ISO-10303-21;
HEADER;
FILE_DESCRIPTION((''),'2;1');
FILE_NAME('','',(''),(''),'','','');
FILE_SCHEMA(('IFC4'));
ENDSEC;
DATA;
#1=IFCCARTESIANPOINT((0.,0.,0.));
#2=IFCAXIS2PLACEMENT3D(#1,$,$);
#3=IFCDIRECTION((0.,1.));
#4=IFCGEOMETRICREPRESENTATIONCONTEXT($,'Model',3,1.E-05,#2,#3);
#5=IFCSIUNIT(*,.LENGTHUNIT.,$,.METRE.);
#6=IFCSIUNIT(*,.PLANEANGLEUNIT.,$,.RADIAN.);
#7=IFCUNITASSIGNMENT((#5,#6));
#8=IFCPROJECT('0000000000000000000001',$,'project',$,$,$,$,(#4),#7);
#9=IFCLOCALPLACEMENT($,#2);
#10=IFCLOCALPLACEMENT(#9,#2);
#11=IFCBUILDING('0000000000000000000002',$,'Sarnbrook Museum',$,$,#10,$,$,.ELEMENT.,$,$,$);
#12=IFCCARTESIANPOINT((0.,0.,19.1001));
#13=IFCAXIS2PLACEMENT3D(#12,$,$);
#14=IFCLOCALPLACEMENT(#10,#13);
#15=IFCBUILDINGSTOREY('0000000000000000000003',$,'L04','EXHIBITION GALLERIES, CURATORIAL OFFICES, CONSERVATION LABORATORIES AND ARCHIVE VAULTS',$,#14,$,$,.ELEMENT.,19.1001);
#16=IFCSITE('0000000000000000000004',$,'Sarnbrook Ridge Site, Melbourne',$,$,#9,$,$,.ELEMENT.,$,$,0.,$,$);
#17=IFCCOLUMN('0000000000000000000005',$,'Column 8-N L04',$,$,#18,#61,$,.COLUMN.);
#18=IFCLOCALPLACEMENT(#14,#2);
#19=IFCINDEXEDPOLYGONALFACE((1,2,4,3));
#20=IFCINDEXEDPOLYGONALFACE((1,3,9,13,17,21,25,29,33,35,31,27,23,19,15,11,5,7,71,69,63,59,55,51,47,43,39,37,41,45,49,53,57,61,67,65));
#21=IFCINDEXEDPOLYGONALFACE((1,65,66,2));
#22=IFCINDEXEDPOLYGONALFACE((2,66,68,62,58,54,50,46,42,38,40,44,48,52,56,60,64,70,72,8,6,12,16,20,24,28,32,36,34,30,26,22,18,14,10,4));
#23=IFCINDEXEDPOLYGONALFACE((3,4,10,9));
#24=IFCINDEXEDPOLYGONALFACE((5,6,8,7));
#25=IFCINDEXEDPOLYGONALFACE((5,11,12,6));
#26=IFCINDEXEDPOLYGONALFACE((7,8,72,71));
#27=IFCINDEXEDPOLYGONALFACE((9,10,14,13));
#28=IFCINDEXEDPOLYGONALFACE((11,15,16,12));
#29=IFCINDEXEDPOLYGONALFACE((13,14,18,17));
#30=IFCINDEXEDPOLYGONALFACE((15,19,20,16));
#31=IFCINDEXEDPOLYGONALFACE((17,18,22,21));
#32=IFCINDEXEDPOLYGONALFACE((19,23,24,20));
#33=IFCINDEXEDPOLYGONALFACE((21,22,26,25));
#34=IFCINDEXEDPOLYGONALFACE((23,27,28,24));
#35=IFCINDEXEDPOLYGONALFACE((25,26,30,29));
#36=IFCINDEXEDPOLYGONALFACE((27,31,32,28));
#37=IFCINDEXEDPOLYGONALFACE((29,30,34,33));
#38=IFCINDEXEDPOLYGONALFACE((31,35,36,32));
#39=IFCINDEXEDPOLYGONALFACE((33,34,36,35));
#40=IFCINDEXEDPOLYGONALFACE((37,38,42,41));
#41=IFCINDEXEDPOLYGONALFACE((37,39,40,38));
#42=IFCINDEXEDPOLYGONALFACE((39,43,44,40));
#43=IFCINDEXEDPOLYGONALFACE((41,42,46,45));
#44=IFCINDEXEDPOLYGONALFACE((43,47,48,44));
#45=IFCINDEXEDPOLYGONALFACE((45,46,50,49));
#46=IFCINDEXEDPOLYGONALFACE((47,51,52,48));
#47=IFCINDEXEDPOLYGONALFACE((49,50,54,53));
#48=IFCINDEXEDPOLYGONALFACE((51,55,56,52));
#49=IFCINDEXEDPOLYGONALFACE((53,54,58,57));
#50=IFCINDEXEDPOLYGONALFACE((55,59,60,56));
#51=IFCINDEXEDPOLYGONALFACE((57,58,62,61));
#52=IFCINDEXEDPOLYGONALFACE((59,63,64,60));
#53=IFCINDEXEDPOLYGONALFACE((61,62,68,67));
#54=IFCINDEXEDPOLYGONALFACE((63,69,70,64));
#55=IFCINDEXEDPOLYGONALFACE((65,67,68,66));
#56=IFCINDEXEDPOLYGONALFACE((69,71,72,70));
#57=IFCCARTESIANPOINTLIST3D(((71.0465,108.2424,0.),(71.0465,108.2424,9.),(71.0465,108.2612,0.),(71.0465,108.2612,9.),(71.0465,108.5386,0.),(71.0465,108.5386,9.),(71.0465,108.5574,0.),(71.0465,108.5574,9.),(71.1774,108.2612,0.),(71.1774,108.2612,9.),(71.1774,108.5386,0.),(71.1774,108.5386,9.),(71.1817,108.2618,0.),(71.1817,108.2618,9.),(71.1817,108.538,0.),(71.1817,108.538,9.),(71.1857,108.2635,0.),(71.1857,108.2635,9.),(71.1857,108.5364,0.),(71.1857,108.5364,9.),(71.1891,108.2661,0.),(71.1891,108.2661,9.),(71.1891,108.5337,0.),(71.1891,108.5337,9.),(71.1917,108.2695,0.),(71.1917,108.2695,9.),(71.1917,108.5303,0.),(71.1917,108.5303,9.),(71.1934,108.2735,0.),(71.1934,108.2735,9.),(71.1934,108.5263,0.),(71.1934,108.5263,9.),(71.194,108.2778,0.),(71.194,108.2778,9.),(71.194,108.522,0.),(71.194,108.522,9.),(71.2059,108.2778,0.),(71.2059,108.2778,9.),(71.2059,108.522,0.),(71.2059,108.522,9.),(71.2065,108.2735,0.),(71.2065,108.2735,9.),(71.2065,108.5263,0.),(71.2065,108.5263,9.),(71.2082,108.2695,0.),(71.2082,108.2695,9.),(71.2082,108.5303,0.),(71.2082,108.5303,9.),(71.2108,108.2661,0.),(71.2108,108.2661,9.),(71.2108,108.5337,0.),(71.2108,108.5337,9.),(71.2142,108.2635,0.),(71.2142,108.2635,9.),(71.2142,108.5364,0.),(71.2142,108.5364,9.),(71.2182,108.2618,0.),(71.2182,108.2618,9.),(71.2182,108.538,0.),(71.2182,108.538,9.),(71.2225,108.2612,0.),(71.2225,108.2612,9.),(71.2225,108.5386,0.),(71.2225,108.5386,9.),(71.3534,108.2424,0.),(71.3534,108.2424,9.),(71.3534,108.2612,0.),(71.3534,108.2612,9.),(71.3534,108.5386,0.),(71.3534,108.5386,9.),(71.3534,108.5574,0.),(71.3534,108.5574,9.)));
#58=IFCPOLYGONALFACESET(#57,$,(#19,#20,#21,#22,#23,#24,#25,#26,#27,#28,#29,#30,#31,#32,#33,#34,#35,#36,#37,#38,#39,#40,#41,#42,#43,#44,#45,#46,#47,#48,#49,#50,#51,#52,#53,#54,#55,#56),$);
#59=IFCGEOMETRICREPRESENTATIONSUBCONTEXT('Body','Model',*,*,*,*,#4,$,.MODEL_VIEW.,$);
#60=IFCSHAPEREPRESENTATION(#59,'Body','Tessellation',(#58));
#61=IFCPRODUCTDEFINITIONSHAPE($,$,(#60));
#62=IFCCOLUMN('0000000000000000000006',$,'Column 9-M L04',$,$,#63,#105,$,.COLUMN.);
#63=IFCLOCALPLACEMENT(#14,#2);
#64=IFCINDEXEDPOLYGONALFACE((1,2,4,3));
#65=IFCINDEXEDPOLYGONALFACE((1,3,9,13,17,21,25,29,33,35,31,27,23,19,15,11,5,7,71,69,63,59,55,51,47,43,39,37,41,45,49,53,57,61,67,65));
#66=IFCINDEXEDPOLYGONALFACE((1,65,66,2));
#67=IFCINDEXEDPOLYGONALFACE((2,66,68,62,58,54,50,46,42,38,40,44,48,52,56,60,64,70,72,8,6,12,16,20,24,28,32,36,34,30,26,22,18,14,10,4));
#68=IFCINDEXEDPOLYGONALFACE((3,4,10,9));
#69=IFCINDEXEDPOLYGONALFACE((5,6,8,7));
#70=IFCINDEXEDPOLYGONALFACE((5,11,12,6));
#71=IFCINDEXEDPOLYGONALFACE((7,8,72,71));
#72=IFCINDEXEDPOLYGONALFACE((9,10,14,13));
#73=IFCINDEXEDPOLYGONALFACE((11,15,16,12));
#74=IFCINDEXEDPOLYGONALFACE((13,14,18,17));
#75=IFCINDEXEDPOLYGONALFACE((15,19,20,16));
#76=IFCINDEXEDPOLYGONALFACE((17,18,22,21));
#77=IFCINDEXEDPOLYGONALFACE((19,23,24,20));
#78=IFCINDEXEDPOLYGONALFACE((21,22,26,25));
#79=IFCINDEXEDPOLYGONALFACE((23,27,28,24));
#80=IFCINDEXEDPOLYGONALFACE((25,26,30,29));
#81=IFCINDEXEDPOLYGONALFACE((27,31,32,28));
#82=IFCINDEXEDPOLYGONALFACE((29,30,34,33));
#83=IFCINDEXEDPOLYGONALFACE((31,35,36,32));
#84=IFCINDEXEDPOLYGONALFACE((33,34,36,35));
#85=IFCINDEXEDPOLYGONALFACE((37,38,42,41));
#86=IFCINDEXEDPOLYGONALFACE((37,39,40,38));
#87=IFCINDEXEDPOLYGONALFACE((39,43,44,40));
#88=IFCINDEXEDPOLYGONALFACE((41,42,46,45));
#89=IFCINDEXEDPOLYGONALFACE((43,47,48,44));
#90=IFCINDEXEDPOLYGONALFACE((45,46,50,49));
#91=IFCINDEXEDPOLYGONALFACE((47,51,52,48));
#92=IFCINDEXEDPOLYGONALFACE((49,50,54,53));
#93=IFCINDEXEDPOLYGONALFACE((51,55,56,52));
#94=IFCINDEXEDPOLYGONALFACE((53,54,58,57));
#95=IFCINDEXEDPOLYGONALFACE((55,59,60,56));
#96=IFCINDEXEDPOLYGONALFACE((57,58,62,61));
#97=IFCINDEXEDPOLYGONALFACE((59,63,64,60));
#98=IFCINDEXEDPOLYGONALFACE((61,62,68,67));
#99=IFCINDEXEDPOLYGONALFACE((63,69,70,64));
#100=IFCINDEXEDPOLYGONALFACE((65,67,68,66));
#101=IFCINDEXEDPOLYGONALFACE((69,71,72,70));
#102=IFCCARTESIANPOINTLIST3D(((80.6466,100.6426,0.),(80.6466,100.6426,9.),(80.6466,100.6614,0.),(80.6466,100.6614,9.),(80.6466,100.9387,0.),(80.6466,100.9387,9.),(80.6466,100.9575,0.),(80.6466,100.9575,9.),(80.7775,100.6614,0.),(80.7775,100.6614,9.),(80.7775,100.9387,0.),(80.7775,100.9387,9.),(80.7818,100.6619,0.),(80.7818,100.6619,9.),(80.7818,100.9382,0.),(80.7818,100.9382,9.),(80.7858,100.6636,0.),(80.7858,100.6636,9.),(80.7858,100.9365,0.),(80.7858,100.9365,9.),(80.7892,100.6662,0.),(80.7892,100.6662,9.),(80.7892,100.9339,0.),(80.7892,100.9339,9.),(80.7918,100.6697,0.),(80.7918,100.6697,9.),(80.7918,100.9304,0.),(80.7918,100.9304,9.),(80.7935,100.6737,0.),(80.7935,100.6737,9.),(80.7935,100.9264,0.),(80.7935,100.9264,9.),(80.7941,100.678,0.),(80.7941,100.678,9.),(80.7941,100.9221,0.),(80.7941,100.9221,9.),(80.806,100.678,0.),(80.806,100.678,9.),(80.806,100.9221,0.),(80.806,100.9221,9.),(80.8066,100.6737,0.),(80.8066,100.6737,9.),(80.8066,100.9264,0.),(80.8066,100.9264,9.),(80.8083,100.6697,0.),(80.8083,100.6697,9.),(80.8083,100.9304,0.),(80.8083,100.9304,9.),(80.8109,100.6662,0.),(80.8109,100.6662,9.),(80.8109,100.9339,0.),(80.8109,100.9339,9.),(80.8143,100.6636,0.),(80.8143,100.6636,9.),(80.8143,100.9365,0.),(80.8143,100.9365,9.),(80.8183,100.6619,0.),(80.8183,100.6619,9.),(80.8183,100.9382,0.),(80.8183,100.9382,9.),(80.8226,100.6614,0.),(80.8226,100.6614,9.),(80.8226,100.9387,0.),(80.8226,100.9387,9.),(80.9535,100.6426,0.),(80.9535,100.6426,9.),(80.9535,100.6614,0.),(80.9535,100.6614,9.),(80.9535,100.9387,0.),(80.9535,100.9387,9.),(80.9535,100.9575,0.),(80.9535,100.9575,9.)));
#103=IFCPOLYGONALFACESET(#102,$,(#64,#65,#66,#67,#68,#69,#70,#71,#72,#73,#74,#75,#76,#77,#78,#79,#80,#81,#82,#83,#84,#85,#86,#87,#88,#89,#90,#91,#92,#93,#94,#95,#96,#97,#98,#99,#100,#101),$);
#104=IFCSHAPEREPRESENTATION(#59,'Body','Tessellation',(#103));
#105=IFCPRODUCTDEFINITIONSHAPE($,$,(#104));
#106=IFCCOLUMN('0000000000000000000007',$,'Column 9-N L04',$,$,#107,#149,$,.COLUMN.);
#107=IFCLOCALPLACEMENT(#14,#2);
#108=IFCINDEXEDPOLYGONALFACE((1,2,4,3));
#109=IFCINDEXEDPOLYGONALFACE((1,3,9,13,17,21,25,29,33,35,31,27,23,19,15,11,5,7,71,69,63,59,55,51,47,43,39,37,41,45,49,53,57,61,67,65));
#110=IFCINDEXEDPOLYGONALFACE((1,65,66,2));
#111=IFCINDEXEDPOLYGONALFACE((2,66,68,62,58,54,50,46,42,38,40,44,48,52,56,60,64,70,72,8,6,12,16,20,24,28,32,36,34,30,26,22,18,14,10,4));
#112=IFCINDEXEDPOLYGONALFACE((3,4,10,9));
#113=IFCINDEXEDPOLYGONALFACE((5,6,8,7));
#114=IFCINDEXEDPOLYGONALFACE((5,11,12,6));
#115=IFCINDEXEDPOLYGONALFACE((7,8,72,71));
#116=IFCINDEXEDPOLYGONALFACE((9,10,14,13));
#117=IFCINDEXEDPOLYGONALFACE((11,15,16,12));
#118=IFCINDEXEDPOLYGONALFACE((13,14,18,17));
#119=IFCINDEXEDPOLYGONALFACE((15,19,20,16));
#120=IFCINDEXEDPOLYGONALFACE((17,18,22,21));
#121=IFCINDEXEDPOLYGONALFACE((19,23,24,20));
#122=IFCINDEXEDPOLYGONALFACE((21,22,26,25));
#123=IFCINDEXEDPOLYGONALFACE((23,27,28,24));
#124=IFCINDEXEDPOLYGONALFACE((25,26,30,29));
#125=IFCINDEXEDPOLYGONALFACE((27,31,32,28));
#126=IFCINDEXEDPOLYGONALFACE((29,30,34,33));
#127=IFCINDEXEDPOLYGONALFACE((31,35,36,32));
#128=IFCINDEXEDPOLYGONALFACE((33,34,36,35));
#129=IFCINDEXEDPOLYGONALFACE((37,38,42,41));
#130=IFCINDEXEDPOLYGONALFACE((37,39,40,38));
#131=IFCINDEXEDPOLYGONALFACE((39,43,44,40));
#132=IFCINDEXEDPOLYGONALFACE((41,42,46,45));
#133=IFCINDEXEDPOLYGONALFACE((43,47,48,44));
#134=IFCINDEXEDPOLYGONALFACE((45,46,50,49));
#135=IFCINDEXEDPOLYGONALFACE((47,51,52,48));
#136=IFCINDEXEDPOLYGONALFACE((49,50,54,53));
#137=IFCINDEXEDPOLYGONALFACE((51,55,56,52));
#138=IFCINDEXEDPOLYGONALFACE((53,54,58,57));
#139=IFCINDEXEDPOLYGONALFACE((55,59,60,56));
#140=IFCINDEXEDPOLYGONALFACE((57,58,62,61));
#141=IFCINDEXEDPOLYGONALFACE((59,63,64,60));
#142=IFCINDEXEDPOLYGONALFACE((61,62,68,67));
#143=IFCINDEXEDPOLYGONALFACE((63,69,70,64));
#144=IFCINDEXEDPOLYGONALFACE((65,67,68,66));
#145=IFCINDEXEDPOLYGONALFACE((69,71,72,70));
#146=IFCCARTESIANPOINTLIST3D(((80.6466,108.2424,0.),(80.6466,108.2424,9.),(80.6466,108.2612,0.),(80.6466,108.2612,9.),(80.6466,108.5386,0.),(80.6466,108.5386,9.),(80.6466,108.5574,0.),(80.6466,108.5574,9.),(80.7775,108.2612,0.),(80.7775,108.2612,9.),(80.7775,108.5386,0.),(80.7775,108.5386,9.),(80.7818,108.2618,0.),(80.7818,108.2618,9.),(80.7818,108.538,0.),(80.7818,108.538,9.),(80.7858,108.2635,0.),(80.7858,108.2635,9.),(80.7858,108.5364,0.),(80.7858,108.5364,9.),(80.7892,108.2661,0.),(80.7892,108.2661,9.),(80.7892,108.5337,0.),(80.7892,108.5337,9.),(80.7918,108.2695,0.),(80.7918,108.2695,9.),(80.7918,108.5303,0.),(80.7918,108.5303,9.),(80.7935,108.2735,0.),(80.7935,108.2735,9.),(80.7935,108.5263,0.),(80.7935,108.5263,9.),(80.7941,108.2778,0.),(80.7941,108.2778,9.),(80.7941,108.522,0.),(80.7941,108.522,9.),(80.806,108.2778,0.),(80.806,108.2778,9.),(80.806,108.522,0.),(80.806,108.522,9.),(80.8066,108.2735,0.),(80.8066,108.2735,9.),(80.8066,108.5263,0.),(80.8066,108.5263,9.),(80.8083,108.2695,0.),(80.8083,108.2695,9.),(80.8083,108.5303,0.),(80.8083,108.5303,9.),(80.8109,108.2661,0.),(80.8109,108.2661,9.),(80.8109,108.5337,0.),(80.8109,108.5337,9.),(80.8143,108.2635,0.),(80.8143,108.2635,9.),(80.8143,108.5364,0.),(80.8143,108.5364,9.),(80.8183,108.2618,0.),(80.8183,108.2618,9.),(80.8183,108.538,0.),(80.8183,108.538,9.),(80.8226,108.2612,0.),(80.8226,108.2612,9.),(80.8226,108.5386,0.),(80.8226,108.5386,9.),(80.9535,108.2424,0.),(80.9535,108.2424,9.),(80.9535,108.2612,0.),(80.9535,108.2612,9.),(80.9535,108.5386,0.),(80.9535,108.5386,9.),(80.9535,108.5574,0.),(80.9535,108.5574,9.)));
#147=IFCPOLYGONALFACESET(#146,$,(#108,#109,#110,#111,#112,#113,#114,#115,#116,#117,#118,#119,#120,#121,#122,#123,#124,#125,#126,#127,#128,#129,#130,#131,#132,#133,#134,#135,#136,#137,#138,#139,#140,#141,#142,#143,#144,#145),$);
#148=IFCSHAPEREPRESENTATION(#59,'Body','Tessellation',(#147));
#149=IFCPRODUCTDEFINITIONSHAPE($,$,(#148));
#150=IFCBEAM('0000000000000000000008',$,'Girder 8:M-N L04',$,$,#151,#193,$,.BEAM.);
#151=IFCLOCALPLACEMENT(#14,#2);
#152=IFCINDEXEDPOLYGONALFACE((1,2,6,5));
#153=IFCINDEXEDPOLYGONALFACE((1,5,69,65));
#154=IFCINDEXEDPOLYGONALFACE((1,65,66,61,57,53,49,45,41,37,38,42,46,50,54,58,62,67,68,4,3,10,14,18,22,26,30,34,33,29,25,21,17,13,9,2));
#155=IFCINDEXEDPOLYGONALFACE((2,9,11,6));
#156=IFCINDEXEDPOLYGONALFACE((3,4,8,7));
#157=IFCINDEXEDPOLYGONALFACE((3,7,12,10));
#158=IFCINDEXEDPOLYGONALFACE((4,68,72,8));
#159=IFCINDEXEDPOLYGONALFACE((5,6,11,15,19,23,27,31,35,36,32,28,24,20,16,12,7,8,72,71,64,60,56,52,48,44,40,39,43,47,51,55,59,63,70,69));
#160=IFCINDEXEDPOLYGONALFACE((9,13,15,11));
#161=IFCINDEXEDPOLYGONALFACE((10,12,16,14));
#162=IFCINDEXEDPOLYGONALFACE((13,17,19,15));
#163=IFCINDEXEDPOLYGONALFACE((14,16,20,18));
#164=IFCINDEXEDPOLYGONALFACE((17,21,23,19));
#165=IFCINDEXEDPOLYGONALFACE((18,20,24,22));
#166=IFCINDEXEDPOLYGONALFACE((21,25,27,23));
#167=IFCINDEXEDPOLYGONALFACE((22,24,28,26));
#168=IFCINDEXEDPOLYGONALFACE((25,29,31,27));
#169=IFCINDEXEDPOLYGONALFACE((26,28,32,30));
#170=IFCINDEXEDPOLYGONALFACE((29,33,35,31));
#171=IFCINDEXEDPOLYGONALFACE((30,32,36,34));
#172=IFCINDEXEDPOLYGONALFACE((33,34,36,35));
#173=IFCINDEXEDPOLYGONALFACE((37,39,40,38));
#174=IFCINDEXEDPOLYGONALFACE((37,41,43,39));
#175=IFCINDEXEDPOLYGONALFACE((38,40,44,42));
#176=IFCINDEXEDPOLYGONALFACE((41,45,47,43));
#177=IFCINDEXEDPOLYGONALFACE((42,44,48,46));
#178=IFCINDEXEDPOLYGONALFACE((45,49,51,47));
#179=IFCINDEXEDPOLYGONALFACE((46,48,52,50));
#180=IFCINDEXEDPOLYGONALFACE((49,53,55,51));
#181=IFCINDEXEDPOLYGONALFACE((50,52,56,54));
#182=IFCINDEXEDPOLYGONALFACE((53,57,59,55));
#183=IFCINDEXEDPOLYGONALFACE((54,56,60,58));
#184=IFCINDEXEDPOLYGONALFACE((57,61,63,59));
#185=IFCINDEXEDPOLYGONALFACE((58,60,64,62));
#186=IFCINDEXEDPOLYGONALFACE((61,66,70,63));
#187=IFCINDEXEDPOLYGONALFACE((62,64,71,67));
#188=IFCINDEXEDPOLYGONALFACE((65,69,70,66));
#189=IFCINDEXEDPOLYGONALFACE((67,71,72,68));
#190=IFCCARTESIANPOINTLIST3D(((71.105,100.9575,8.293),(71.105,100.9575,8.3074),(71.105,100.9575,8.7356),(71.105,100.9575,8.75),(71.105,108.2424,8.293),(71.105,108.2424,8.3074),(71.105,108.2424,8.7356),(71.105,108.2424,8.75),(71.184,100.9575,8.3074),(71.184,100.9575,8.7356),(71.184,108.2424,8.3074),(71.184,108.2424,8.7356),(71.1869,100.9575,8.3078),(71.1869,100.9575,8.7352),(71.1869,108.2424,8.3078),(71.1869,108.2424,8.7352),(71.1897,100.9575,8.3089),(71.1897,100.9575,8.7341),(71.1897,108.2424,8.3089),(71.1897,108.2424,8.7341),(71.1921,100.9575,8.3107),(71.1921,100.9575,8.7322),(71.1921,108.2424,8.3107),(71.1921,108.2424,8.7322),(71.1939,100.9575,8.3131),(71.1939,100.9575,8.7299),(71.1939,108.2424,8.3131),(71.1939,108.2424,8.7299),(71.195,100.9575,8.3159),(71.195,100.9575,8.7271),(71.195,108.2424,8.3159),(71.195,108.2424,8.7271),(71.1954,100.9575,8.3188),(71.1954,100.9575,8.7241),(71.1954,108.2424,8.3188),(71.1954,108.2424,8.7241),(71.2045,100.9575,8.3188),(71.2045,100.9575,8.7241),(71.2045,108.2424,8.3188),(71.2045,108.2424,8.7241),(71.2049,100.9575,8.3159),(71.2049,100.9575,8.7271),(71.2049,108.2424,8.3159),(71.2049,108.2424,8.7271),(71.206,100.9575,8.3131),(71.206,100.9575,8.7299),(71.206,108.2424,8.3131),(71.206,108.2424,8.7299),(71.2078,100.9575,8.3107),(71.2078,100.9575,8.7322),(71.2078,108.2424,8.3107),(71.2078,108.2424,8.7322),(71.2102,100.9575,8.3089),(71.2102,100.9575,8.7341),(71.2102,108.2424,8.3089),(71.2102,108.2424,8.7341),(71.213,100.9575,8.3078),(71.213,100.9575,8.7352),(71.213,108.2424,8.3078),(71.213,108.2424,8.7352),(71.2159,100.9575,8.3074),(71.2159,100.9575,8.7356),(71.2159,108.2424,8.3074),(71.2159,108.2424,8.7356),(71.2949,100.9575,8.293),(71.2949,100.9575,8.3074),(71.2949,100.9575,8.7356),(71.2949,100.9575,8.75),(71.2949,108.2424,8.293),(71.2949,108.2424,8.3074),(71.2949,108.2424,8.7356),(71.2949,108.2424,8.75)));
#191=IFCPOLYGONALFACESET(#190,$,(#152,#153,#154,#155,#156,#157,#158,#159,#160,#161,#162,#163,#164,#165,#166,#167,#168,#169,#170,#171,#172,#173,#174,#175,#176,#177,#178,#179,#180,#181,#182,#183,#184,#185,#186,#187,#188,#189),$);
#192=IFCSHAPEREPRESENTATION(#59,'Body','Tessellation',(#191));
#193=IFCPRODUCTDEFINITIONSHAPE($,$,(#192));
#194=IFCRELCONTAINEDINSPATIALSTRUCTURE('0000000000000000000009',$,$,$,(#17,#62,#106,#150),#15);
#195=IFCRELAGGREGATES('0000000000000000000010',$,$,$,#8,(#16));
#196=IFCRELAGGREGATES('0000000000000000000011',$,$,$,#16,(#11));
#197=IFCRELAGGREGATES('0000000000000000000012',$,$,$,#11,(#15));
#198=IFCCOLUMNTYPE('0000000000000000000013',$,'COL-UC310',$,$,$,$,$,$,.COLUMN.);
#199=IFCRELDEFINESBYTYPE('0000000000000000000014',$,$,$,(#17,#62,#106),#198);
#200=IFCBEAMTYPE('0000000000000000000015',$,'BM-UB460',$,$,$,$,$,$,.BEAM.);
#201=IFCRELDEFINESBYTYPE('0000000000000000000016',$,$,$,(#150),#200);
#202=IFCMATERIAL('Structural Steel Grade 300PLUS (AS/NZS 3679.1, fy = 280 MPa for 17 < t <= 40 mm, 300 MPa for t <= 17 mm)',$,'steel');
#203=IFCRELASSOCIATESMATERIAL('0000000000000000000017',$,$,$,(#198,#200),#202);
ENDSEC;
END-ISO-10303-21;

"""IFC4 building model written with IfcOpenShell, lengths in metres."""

from ifc_helpers import new_model, si_unit, direction, frame, origin, origin_2d, place, context, subcontext, project, spatial, i_section, extrude, material, material_profile, profile_set, type_object, element, save


model = new_model("IFC4")

# Units and contexts
model_context = context("Model", 3, precision=1e-05, world=origin(), true_north=direction((0.0, 1.0)))
body_context = subcontext(model_context, "Body", "Model", "MODEL_VIEW")
ifc_project = project(units=[si_unit("LENGTHUNIT", "METRE"), si_unit("PLANEANGLEUNIT", "RADIAN")], contexts=[model_context])

# Site, building, storey
site_placement = place(None, origin())
site = spatial("IfcSite", under=ifc_project, at=site_placement, Name="Sarnbrook Ridge Site, Melbourne", CompositionType="ELEMENT", RefElevation=0.0)
building_placement = place(site_placement, origin())
building = spatial("IfcBuilding", under=site, at=building_placement, Name="Sarnbrook Museum", CompositionType="ELEMENT")
storey_placement = place(building_placement, frame((0.0, 0.0, 19.1001)))
storey = spatial("IfcBuildingStorey", under=building, at=storey_placement, Name="L04", Description="EXHIBITION GALLERIES, CURATORIAL OFFICES, CONSERVATION LABORATORIES AND ARCHIVE VAULTS", CompositionType="ELEMENT", Elevation=19.1001)

# Columns
ifc_material_1 = material(Name="Structural Steel Grade 300PLUS (AS/NZS 3679.1, fy = 280 MPa for 17 < t <= 40 mm, 300 MPa for t <= 17 mm)", Category="steel")
ifc_material_profile_1 = material_profile(ifc_material_1, i_section(OverallWidth=0.3069, OverallDepth=0.3149, WebThickness=0.012, FlangeThickness=0.0188, FilletRadius=0.0166, at=origin_2d()), Name="310UC118")
ifc_profile_set_1 = profile_set([ifc_material_profile_1], Name="Structural Steel Grade 300PLUS (AS/NZS 3679.1, fy = 280 MPa for 17 < t <= 40 mm, 300 MPa for t <= 17 mm)")
column_type = type_object("IfcColumnType", Name="COL-UC310", PredefinedType="COLUMN", material=ifc_profile_set_1)
for number, where, z_axis, x_axis, name in (
    (1, (71.2, 108.3999, 0.0), (0.0, 0.0, 1.0), (1.0, 0.0, 0.0), "Column 8-N L04"),
    (2, (80.8, 100.8, 0.0), (0.0, 0.0, 1.0), (1.0, 0.0, 0.0), "Column 9-M L04"),
    (3, (80.8, 108.3999, 0.0), (0.0, 0.0, 1.0), (1.0, 0.0, 0.0), "Column 9-N L04"),
):
    element("IfcColumn", number, at=place(storey_placement, frame(where, z_axis=z_axis, x_axis=x_axis)), inside=storey, type_object=column_type, Name=name, PredefinedType="COLUMN", context=body_context, shape_type="SweptSolid", body=[
        extrude(i_section(OverallWidth=0.3069, OverallDepth=0.3149, WebThickness=0.012, FlangeThickness=0.0188, FilletRadius=0.0166, at=origin_2d()), origin(), (0.0, 0.0, 1.0), 9.0),
    ])

# Beam
ifc_material_profile_2 = material_profile(ifc_material_1, i_section(OverallWidth=0.1899, OverallDepth=0.457, WebThickness=0.009, FlangeThickness=0.0144, FilletRadius=0.0115, at=origin_2d()), Name="460UB74.6")
ifc_profile_set_2 = profile_set([ifc_material_profile_2], Name="Structural Steel Grade 300PLUS (AS/NZS 3679.1, fy = 280 MPa for 17 < t <= 40 mm, 300 MPa for t <= 17 mm)")
beam_type_1 = type_object("IfcBeamType", Name="BM-UB460", PredefinedType="BEAM", material=ifc_profile_set_2)
for number, where, z_axis, x_axis, name in (
    (4, (71.2, 100.9575, 8.5215), (0.0, 1.0, 0.0), (-1.0, 0.0, 0.0), "Girder 8:M-N L04"),
):
    element("IfcBeam", number, at=place(storey_placement, frame(where, z_axis=z_axis, x_axis=x_axis)), inside=storey, type_object=beam_type_1, Name=name, PredefinedType="BEAM", context=body_context, shape_type="SweptSolid", body=[
        extrude(i_section(OverallWidth=0.1899, OverallDepth=0.457, WebThickness=0.009, FlangeThickness=0.0144, FilletRadius=0.0115, at=origin_2d()), origin(), (0.0, 0.0, 1.0), 7.2849),
    ])

save(model, "model.ifc")
